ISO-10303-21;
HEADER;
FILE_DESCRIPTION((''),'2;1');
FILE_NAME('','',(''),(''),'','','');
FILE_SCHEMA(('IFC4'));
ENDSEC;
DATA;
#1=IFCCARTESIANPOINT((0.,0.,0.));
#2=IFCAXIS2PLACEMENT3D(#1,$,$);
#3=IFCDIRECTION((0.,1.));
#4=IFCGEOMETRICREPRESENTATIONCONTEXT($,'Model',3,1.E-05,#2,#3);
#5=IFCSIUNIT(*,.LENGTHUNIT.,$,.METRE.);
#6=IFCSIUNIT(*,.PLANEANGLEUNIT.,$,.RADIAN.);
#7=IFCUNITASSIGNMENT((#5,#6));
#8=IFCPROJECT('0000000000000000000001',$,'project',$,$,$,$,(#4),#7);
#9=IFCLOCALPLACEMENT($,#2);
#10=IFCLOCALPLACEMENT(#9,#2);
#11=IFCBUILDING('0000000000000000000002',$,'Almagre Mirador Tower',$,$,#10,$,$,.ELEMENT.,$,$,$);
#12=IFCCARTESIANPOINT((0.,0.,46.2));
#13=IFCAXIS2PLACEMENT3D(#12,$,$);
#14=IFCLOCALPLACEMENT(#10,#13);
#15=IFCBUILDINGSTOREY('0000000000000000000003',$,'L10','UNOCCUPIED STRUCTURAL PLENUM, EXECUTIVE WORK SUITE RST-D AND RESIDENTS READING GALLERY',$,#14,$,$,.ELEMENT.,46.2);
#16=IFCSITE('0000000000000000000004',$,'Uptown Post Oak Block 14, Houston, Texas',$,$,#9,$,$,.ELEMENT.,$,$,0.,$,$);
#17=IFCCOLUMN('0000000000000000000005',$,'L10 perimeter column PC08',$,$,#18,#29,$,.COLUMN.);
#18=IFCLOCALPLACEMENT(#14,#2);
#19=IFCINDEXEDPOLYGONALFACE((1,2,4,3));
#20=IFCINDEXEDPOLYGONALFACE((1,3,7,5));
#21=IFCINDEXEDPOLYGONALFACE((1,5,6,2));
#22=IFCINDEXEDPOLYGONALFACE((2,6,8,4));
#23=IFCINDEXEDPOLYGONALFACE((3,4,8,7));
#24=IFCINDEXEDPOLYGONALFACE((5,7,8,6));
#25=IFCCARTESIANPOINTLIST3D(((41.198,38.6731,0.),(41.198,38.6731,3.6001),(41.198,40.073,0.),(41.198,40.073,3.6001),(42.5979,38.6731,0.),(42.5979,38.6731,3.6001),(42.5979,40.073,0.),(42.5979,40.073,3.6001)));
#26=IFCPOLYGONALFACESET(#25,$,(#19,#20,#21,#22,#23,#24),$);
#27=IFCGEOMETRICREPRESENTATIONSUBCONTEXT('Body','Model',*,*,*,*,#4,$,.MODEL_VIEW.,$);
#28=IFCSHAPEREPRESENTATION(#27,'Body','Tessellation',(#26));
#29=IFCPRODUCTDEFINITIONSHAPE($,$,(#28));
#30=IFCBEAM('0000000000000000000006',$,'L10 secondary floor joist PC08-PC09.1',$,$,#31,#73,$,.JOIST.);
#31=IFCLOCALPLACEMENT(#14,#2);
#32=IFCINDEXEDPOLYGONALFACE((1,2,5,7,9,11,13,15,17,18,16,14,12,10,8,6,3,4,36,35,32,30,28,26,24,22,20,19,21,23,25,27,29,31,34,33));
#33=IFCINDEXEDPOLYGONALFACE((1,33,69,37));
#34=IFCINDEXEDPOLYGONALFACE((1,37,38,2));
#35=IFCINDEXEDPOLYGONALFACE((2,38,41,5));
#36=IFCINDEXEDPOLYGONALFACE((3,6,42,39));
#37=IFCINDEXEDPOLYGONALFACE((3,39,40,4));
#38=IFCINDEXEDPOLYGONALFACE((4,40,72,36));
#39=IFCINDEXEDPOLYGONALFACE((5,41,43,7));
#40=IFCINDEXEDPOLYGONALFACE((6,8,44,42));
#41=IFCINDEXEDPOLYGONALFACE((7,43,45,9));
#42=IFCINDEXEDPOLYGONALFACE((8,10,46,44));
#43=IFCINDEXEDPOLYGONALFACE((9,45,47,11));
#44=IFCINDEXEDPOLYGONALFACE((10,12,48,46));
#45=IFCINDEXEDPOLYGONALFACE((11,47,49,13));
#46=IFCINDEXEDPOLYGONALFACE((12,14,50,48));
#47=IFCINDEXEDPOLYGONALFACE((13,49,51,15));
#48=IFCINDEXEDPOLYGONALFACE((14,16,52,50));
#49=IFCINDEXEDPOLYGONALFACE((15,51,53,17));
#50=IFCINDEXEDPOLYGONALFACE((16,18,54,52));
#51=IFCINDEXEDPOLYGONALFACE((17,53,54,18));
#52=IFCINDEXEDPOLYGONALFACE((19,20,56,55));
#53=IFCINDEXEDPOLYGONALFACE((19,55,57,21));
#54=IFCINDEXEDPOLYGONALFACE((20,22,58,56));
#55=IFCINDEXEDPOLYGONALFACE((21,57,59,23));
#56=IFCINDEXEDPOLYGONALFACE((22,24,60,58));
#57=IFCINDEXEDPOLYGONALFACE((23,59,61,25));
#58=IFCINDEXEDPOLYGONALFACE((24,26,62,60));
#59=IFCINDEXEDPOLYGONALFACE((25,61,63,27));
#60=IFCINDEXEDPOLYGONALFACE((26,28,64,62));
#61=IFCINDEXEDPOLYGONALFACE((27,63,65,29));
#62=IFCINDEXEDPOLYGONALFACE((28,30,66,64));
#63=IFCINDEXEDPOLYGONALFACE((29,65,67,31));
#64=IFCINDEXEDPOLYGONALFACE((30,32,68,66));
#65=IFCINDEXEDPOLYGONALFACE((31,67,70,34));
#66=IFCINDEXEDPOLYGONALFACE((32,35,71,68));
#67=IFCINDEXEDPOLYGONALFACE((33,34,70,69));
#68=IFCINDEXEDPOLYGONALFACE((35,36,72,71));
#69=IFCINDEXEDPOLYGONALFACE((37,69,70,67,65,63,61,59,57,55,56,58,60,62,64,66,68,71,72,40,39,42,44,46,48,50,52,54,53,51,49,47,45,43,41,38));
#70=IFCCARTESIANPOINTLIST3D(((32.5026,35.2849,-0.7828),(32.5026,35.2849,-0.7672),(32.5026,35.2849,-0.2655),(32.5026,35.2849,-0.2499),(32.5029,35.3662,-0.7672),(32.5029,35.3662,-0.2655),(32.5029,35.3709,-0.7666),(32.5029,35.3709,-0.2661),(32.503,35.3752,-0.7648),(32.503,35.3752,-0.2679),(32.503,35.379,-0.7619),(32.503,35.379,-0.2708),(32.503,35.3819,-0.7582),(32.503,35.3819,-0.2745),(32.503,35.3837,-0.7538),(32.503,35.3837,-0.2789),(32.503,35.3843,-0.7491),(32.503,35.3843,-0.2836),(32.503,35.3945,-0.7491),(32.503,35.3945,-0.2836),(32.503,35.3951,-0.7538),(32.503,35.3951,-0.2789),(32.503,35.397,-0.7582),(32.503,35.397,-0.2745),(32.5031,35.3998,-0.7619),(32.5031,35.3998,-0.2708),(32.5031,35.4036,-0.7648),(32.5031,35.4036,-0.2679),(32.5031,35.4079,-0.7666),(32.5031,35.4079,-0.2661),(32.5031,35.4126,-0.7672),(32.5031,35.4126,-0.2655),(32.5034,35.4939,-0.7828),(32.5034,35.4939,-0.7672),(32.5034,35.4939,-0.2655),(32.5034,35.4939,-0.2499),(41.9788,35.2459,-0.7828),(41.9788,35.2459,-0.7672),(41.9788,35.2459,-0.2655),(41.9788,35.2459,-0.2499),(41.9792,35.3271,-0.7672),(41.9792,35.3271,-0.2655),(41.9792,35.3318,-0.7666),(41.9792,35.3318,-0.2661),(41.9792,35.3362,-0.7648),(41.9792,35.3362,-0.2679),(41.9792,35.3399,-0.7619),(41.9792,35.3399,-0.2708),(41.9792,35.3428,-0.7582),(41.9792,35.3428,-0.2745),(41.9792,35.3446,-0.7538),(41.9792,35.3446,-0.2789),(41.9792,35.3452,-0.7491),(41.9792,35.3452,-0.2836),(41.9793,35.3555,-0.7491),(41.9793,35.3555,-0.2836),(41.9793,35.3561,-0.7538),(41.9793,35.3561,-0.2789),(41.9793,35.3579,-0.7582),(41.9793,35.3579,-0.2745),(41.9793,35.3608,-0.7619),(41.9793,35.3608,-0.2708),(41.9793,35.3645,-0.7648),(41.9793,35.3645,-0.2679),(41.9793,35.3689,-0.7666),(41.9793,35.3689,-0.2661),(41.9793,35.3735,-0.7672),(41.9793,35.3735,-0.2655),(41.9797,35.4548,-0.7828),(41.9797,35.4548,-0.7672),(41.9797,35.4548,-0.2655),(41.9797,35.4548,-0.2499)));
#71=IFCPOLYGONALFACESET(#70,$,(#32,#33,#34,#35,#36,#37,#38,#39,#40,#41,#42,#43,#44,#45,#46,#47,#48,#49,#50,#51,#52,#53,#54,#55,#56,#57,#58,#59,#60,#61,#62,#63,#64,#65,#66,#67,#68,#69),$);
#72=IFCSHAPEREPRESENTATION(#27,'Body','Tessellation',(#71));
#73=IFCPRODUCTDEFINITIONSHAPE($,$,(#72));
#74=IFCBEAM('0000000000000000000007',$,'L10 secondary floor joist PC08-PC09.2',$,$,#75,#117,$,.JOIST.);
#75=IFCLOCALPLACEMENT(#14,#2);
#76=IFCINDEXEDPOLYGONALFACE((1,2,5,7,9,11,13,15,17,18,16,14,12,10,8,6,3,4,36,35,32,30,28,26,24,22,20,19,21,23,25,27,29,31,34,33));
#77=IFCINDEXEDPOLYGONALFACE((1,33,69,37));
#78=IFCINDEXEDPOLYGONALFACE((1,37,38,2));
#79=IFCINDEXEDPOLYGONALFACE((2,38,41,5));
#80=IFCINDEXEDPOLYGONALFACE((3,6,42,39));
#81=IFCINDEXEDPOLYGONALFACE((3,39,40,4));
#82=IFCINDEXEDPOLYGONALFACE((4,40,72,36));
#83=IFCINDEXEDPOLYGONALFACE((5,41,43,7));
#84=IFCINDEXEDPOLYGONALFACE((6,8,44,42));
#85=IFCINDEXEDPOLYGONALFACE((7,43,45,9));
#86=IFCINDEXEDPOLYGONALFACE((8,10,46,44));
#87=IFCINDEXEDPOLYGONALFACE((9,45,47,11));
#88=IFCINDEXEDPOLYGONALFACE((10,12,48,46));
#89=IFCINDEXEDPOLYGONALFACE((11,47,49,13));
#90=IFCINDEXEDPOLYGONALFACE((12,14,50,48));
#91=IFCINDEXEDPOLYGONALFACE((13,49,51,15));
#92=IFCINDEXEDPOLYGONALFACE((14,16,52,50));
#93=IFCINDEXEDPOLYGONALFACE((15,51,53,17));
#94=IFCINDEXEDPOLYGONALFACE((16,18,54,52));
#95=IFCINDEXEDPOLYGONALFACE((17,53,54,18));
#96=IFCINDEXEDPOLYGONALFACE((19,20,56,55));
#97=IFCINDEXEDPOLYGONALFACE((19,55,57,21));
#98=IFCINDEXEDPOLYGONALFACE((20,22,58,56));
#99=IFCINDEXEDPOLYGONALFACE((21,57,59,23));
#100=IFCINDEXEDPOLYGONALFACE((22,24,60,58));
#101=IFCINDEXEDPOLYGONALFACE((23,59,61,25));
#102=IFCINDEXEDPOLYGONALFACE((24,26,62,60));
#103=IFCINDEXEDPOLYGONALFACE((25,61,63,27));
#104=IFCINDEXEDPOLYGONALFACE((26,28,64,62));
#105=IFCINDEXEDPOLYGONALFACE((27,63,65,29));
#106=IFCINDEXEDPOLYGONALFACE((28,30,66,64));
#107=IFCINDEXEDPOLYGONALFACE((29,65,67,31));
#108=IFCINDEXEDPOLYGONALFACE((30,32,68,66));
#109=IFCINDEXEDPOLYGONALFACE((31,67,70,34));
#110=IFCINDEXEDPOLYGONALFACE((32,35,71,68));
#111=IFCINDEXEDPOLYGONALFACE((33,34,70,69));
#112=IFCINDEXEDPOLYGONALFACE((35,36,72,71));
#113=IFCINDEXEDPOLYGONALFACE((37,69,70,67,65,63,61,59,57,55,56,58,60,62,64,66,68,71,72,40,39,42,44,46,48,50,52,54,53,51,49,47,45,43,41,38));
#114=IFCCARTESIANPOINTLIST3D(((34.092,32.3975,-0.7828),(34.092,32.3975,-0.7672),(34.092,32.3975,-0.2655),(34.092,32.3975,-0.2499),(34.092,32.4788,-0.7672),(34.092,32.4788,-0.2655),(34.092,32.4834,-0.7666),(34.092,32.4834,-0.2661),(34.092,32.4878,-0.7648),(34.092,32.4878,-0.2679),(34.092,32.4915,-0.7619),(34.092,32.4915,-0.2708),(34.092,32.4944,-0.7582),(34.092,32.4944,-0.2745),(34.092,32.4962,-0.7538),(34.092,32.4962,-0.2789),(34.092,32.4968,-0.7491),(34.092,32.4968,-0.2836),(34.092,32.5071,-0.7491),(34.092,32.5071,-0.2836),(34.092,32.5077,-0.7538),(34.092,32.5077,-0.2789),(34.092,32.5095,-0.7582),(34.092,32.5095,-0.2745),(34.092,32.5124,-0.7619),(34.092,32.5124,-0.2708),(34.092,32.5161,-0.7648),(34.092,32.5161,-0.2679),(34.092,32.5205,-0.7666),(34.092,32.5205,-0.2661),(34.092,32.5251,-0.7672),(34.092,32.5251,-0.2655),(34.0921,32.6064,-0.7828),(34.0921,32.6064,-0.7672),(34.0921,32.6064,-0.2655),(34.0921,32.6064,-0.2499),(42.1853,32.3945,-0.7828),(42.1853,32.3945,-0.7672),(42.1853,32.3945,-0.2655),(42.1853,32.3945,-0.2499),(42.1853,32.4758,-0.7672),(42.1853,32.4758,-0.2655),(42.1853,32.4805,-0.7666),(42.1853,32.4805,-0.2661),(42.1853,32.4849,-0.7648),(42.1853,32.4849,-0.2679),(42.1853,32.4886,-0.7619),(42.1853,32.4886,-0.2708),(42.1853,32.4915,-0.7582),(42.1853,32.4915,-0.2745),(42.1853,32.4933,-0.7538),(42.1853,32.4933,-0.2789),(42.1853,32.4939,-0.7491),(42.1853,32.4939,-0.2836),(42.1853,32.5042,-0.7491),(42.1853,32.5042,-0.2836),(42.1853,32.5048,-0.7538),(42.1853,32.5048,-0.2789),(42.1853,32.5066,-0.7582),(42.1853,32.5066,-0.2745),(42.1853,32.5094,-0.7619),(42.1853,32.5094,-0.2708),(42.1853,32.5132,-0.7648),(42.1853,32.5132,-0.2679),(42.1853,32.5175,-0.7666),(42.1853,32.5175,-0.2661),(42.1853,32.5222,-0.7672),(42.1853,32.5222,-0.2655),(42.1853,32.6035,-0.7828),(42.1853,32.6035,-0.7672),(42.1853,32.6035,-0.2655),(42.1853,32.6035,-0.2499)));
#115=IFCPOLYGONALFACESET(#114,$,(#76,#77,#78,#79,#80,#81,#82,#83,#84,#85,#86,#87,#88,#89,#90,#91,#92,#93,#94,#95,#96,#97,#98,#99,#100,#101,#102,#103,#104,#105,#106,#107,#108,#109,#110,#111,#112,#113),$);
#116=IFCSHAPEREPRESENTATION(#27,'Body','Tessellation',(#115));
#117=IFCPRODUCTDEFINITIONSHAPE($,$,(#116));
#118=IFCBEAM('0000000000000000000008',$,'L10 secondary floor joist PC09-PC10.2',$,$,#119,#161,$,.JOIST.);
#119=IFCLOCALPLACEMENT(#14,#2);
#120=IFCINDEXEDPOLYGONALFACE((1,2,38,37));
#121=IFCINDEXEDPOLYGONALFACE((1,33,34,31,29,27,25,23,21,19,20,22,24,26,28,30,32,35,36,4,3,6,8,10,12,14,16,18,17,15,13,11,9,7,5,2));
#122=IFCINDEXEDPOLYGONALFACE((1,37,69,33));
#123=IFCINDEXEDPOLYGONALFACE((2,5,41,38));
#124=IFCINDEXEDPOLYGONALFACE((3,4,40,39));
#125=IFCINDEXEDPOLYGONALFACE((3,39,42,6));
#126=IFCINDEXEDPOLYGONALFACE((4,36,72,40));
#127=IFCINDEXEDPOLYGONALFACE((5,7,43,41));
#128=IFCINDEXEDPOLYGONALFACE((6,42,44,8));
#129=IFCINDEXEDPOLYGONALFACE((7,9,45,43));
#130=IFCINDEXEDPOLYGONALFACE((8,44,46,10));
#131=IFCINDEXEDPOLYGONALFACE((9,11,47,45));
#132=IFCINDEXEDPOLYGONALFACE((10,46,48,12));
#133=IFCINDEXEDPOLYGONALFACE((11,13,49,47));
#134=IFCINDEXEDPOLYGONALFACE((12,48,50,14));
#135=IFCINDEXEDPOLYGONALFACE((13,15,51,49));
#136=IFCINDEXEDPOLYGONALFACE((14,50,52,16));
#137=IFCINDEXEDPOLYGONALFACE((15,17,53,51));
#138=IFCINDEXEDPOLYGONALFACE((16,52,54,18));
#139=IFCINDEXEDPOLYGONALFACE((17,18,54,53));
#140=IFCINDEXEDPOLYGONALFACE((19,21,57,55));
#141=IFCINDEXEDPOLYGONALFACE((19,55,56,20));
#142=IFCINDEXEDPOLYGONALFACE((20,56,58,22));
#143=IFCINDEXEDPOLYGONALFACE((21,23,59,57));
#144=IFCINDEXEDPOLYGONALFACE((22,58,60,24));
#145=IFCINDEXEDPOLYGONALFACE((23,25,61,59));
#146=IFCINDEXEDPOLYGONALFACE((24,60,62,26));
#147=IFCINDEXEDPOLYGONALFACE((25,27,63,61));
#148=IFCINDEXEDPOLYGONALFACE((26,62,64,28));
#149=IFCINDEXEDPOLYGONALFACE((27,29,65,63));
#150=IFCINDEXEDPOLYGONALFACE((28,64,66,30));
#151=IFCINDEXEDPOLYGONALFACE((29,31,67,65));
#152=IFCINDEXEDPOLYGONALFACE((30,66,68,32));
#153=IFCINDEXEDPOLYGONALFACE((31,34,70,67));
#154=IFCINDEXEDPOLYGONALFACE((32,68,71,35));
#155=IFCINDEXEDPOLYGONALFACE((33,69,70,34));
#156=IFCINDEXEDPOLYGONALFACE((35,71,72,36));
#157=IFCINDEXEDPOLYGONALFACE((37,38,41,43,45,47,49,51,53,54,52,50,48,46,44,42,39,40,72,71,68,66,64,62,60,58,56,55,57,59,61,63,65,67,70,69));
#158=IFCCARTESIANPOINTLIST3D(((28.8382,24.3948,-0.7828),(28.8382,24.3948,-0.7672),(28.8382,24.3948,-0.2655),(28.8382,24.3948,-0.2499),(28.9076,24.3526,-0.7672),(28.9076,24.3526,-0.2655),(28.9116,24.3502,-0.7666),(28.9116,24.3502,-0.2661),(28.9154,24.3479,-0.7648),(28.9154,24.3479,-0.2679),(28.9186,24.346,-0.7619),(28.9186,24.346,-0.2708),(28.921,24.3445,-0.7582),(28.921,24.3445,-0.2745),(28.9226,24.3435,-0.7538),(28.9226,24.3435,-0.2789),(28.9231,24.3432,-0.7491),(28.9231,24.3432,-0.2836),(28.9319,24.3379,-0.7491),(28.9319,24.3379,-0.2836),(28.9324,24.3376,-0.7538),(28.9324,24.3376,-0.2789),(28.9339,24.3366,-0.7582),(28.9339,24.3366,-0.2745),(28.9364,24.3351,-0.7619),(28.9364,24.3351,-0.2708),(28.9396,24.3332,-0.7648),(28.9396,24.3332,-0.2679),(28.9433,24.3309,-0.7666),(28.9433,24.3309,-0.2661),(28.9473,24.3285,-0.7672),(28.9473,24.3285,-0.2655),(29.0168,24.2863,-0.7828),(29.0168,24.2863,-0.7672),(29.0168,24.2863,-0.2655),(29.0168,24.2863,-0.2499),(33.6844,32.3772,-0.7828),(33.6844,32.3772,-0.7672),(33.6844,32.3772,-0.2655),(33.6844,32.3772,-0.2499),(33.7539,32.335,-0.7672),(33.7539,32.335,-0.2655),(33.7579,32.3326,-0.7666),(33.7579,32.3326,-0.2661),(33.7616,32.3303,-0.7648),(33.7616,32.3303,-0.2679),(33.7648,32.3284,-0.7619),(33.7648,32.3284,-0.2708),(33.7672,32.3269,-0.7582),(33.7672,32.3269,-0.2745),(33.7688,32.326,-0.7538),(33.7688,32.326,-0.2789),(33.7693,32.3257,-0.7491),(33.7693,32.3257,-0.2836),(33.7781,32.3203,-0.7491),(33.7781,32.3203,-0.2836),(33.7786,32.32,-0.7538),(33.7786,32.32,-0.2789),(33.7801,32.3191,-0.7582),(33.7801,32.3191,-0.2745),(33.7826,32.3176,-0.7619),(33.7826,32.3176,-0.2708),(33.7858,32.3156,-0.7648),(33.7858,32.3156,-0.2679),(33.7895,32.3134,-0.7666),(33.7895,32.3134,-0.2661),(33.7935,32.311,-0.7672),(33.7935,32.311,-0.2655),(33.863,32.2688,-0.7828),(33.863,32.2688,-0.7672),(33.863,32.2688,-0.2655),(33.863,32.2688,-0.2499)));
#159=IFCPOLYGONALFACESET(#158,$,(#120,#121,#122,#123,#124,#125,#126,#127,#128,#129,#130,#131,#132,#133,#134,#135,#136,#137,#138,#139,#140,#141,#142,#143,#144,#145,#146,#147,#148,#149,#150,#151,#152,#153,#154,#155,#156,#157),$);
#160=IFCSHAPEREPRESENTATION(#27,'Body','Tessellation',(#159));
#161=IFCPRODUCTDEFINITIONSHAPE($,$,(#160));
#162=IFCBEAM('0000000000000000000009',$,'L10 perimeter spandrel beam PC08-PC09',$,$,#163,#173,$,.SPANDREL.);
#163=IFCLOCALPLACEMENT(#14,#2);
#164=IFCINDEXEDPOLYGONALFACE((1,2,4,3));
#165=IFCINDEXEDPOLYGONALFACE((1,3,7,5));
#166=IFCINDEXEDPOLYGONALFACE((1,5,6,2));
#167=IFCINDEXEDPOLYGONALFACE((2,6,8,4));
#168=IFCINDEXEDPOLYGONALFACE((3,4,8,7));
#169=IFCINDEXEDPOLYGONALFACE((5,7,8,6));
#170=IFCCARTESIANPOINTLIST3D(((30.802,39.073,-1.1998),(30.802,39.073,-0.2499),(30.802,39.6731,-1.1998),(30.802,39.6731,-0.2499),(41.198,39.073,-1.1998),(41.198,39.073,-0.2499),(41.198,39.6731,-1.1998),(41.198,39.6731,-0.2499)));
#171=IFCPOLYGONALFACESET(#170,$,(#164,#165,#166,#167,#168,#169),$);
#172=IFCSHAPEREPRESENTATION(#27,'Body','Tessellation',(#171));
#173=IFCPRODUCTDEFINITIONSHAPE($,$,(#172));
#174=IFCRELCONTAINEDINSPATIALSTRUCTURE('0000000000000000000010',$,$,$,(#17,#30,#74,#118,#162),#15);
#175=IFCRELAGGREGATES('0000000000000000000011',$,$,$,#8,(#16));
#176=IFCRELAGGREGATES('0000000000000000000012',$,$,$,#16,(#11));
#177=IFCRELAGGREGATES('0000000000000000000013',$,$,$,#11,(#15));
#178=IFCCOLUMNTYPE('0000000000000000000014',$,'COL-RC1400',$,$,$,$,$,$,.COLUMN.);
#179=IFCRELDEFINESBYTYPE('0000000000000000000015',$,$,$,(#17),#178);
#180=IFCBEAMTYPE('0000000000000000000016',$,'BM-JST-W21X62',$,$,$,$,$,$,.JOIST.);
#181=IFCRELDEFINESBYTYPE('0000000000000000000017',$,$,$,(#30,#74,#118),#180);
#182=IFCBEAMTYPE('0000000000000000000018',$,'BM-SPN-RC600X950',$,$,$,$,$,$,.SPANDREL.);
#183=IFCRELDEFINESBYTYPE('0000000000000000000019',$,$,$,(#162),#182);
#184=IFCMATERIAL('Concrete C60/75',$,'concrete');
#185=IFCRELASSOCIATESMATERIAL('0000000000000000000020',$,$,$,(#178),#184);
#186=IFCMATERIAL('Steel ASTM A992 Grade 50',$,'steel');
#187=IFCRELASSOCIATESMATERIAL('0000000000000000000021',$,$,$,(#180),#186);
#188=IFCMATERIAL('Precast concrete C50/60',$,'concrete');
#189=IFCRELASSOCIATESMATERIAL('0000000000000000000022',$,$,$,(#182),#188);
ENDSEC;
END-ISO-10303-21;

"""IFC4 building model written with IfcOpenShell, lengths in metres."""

from ifc_helpers import new_model, si_unit, direction, frame, origin, origin_2d, place, context, subcontext, project, spatial, rectangle, i_section, extrude, material, material_profile, profile_set, type_object, element, save


model = new_model("IFC4")

# Units and contexts
model_context = context("Model", 3, precision=1e-05, world=origin(), true_north=direction((0.0, 1.0)))
body_context = subcontext(model_context, "Body", "Model", "MODEL_VIEW")
ifc_project = project(units=[si_unit("LENGTHUNIT", "METRE"), si_unit("PLANEANGLEUNIT", "RADIAN")], contexts=[model_context])

# Site, building, storey
site_placement = place(None, origin())
site = spatial("IfcSite", under=ifc_project, at=site_placement, Name="Uptown Post Oak Block 14, Houston, Texas", CompositionType="ELEMENT", RefElevation=0.0)
building_placement = place(site_placement, origin())
building = spatial("IfcBuilding", under=site, at=building_placement, Name="Almagre Mirador Tower", CompositionType="ELEMENT")
storey_placement = place(building_placement, frame((0.0, 0.0, 46.2)))
storey = spatial("IfcBuildingStorey", under=building, at=storey_placement, Name="L10", Description="UNOCCUPIED STRUCTURAL PLENUM, EXECUTIVE WORK SUITE RST-D AND RESIDENTS READING GALLERY", CompositionType="ELEMENT", Elevation=46.2)

# Column
ifc_material_1 = material(Name="Concrete C60/75", Category="concrete")
ifc_material_profile_1 = material_profile(ifc_material_1, rectangle(XDim=1.3999, YDim=1.3999, at=origin_2d()), Name="RC1400X1400")
ifc_profile_set_1 = profile_set([ifc_material_profile_1], Name="Concrete C60/75")
column_type = type_object("IfcColumnType", Name="COL-RC1400", PredefinedType="COLUMN", material=ifc_profile_set_1)
column_placement = place(storey_placement, frame((41.8979, 39.373, 0.0), z_axis=(0.0, 0.0, 1.0), x_axis=(1.0, 0.0, 0.0)))
element("IfcColumn", 1, at=column_placement, inside=storey, type_object=column_type, Name="L10 perimeter column PC08", PredefinedType="COLUMN", context=body_context, shape_type="SweptSolid", body=[
    extrude(rectangle(XDim=1.3999, YDim=1.3999, at=origin_2d()), origin(), (0.0, 0.0, 1.0), 3.6001),
])

# Beams
ifc_material_2 = material(Name="Steel ASTM A992 Grade 50", Category="steel")
ifc_material_profile_2 = material_profile(ifc_material_2, i_section(OverallWidth=0.209, OverallDepth=0.533, WebThickness=0.0103, FlangeThickness=0.0156, FilletRadius=0.0181, at=origin_2d()), Name="W21X62")
ifc_profile_set_2 = profile_set([ifc_material_profile_2], Name="Steel ASTM A992 Grade 50")
beam_type_1 = type_object("IfcBeamType", Name="BM-JST-W21X62", PredefinedType="JOIST", material=ifc_profile_set_2)
beam_1_placement = place(storey_placement, frame((41.9792, 35.3503, -0.5164), z_axis=(-0.999992, 0.004122, 0.0), x_axis=(-0.004122, -0.999992, 0.0)))
element("IfcBeam", 2, at=beam_1_placement, inside=storey, type_object=beam_type_1, Name="L10 secondary floor joist PC08-PC09.1", PredefinedType="JOIST", context=body_context, shape_type="SweptSolid", body=[
    extrude(i_section(OverallWidth=0.209, OverallDepth=0.533, WebThickness=0.0103, FlangeThickness=0.0156, FilletRadius=0.0181, at=origin_2d()), origin(), (0.0, 0.0, 1.0), 9.4763),
])
beam_2_placement = place(storey_placement, frame((42.1853, 32.499, -0.5164), z_axis=(-1.0, 0.000362, 0.0), x_axis=(-0.000362, -1.0, 0.0)))
element("IfcBeam", 3, at=beam_2_placement, inside=storey, type_object=beam_type_1, Name="L10 secondary floor joist PC08-PC09.2", PredefinedType="JOIST", context=body_context, shape_type="SweptSolid", body=[
    extrude(i_section(OverallWidth=0.209, OverallDepth=0.533, WebThickness=0.0103, FlangeThickness=0.0156, FilletRadius=0.0181, at=origin_2d()), origin(), (0.0, 0.0, 1.0), 8.0933),
])
beam_3_placement = place(storey_placement, frame((33.7737, 32.323, -0.5164), z_axis=(-0.518956, -0.854801, 0.0), x_axis=(0.854801, -0.518956, 0.0)))
element("IfcBeam", 4, at=beam_3_placement, inside=storey, type_object=beam_type_1, Name="L10 secondary floor joist PC09-PC10.2", PredefinedType="JOIST", context=body_context, shape_type="SweptSolid", body=[
    extrude(i_section(OverallWidth=0.209, OverallDepth=0.533, WebThickness=0.0103, FlangeThickness=0.0156, FilletRadius=0.0181, at=origin_2d()), origin(), (0.0, 0.0, 1.0), 9.3384),
])
ifc_material_3 = material(Name="Precast concrete C50/60", Category="concrete")
ifc_material_profile_3 = material_profile(ifc_material_3, rectangle(XDim=0.6001, YDim=0.95, at=origin_2d()), Name="RC600X950")
ifc_profile_set_3 = profile_set([ifc_material_profile_3], Name="Precast concrete C50/60")
beam_type_2 = type_object("IfcBeamType", Name="BM-SPN-RC600X950", PredefinedType="SPANDREL", material=ifc_profile_set_3)
beam_4_placement = place(storey_placement, frame((41.198, 39.373, -0.7249), z_axis=(-1.0, 0.0, 0.0), x_axis=(0.0, -1.0, 0.0)))
element("IfcBeam", 5, at=beam_4_placement, inside=storey, type_object=beam_type_2, Name="L10 perimeter spandrel beam PC08-PC09", PredefinedType="SPANDREL", context=body_context, shape_type="SweptSolid", body=[
    extrude(rectangle(XDim=0.6001, YDim=0.95, at=origin_2d()), origin(), (0.0, 0.0, 1.0), 10.396),
])

save(model, "model.ifc")
